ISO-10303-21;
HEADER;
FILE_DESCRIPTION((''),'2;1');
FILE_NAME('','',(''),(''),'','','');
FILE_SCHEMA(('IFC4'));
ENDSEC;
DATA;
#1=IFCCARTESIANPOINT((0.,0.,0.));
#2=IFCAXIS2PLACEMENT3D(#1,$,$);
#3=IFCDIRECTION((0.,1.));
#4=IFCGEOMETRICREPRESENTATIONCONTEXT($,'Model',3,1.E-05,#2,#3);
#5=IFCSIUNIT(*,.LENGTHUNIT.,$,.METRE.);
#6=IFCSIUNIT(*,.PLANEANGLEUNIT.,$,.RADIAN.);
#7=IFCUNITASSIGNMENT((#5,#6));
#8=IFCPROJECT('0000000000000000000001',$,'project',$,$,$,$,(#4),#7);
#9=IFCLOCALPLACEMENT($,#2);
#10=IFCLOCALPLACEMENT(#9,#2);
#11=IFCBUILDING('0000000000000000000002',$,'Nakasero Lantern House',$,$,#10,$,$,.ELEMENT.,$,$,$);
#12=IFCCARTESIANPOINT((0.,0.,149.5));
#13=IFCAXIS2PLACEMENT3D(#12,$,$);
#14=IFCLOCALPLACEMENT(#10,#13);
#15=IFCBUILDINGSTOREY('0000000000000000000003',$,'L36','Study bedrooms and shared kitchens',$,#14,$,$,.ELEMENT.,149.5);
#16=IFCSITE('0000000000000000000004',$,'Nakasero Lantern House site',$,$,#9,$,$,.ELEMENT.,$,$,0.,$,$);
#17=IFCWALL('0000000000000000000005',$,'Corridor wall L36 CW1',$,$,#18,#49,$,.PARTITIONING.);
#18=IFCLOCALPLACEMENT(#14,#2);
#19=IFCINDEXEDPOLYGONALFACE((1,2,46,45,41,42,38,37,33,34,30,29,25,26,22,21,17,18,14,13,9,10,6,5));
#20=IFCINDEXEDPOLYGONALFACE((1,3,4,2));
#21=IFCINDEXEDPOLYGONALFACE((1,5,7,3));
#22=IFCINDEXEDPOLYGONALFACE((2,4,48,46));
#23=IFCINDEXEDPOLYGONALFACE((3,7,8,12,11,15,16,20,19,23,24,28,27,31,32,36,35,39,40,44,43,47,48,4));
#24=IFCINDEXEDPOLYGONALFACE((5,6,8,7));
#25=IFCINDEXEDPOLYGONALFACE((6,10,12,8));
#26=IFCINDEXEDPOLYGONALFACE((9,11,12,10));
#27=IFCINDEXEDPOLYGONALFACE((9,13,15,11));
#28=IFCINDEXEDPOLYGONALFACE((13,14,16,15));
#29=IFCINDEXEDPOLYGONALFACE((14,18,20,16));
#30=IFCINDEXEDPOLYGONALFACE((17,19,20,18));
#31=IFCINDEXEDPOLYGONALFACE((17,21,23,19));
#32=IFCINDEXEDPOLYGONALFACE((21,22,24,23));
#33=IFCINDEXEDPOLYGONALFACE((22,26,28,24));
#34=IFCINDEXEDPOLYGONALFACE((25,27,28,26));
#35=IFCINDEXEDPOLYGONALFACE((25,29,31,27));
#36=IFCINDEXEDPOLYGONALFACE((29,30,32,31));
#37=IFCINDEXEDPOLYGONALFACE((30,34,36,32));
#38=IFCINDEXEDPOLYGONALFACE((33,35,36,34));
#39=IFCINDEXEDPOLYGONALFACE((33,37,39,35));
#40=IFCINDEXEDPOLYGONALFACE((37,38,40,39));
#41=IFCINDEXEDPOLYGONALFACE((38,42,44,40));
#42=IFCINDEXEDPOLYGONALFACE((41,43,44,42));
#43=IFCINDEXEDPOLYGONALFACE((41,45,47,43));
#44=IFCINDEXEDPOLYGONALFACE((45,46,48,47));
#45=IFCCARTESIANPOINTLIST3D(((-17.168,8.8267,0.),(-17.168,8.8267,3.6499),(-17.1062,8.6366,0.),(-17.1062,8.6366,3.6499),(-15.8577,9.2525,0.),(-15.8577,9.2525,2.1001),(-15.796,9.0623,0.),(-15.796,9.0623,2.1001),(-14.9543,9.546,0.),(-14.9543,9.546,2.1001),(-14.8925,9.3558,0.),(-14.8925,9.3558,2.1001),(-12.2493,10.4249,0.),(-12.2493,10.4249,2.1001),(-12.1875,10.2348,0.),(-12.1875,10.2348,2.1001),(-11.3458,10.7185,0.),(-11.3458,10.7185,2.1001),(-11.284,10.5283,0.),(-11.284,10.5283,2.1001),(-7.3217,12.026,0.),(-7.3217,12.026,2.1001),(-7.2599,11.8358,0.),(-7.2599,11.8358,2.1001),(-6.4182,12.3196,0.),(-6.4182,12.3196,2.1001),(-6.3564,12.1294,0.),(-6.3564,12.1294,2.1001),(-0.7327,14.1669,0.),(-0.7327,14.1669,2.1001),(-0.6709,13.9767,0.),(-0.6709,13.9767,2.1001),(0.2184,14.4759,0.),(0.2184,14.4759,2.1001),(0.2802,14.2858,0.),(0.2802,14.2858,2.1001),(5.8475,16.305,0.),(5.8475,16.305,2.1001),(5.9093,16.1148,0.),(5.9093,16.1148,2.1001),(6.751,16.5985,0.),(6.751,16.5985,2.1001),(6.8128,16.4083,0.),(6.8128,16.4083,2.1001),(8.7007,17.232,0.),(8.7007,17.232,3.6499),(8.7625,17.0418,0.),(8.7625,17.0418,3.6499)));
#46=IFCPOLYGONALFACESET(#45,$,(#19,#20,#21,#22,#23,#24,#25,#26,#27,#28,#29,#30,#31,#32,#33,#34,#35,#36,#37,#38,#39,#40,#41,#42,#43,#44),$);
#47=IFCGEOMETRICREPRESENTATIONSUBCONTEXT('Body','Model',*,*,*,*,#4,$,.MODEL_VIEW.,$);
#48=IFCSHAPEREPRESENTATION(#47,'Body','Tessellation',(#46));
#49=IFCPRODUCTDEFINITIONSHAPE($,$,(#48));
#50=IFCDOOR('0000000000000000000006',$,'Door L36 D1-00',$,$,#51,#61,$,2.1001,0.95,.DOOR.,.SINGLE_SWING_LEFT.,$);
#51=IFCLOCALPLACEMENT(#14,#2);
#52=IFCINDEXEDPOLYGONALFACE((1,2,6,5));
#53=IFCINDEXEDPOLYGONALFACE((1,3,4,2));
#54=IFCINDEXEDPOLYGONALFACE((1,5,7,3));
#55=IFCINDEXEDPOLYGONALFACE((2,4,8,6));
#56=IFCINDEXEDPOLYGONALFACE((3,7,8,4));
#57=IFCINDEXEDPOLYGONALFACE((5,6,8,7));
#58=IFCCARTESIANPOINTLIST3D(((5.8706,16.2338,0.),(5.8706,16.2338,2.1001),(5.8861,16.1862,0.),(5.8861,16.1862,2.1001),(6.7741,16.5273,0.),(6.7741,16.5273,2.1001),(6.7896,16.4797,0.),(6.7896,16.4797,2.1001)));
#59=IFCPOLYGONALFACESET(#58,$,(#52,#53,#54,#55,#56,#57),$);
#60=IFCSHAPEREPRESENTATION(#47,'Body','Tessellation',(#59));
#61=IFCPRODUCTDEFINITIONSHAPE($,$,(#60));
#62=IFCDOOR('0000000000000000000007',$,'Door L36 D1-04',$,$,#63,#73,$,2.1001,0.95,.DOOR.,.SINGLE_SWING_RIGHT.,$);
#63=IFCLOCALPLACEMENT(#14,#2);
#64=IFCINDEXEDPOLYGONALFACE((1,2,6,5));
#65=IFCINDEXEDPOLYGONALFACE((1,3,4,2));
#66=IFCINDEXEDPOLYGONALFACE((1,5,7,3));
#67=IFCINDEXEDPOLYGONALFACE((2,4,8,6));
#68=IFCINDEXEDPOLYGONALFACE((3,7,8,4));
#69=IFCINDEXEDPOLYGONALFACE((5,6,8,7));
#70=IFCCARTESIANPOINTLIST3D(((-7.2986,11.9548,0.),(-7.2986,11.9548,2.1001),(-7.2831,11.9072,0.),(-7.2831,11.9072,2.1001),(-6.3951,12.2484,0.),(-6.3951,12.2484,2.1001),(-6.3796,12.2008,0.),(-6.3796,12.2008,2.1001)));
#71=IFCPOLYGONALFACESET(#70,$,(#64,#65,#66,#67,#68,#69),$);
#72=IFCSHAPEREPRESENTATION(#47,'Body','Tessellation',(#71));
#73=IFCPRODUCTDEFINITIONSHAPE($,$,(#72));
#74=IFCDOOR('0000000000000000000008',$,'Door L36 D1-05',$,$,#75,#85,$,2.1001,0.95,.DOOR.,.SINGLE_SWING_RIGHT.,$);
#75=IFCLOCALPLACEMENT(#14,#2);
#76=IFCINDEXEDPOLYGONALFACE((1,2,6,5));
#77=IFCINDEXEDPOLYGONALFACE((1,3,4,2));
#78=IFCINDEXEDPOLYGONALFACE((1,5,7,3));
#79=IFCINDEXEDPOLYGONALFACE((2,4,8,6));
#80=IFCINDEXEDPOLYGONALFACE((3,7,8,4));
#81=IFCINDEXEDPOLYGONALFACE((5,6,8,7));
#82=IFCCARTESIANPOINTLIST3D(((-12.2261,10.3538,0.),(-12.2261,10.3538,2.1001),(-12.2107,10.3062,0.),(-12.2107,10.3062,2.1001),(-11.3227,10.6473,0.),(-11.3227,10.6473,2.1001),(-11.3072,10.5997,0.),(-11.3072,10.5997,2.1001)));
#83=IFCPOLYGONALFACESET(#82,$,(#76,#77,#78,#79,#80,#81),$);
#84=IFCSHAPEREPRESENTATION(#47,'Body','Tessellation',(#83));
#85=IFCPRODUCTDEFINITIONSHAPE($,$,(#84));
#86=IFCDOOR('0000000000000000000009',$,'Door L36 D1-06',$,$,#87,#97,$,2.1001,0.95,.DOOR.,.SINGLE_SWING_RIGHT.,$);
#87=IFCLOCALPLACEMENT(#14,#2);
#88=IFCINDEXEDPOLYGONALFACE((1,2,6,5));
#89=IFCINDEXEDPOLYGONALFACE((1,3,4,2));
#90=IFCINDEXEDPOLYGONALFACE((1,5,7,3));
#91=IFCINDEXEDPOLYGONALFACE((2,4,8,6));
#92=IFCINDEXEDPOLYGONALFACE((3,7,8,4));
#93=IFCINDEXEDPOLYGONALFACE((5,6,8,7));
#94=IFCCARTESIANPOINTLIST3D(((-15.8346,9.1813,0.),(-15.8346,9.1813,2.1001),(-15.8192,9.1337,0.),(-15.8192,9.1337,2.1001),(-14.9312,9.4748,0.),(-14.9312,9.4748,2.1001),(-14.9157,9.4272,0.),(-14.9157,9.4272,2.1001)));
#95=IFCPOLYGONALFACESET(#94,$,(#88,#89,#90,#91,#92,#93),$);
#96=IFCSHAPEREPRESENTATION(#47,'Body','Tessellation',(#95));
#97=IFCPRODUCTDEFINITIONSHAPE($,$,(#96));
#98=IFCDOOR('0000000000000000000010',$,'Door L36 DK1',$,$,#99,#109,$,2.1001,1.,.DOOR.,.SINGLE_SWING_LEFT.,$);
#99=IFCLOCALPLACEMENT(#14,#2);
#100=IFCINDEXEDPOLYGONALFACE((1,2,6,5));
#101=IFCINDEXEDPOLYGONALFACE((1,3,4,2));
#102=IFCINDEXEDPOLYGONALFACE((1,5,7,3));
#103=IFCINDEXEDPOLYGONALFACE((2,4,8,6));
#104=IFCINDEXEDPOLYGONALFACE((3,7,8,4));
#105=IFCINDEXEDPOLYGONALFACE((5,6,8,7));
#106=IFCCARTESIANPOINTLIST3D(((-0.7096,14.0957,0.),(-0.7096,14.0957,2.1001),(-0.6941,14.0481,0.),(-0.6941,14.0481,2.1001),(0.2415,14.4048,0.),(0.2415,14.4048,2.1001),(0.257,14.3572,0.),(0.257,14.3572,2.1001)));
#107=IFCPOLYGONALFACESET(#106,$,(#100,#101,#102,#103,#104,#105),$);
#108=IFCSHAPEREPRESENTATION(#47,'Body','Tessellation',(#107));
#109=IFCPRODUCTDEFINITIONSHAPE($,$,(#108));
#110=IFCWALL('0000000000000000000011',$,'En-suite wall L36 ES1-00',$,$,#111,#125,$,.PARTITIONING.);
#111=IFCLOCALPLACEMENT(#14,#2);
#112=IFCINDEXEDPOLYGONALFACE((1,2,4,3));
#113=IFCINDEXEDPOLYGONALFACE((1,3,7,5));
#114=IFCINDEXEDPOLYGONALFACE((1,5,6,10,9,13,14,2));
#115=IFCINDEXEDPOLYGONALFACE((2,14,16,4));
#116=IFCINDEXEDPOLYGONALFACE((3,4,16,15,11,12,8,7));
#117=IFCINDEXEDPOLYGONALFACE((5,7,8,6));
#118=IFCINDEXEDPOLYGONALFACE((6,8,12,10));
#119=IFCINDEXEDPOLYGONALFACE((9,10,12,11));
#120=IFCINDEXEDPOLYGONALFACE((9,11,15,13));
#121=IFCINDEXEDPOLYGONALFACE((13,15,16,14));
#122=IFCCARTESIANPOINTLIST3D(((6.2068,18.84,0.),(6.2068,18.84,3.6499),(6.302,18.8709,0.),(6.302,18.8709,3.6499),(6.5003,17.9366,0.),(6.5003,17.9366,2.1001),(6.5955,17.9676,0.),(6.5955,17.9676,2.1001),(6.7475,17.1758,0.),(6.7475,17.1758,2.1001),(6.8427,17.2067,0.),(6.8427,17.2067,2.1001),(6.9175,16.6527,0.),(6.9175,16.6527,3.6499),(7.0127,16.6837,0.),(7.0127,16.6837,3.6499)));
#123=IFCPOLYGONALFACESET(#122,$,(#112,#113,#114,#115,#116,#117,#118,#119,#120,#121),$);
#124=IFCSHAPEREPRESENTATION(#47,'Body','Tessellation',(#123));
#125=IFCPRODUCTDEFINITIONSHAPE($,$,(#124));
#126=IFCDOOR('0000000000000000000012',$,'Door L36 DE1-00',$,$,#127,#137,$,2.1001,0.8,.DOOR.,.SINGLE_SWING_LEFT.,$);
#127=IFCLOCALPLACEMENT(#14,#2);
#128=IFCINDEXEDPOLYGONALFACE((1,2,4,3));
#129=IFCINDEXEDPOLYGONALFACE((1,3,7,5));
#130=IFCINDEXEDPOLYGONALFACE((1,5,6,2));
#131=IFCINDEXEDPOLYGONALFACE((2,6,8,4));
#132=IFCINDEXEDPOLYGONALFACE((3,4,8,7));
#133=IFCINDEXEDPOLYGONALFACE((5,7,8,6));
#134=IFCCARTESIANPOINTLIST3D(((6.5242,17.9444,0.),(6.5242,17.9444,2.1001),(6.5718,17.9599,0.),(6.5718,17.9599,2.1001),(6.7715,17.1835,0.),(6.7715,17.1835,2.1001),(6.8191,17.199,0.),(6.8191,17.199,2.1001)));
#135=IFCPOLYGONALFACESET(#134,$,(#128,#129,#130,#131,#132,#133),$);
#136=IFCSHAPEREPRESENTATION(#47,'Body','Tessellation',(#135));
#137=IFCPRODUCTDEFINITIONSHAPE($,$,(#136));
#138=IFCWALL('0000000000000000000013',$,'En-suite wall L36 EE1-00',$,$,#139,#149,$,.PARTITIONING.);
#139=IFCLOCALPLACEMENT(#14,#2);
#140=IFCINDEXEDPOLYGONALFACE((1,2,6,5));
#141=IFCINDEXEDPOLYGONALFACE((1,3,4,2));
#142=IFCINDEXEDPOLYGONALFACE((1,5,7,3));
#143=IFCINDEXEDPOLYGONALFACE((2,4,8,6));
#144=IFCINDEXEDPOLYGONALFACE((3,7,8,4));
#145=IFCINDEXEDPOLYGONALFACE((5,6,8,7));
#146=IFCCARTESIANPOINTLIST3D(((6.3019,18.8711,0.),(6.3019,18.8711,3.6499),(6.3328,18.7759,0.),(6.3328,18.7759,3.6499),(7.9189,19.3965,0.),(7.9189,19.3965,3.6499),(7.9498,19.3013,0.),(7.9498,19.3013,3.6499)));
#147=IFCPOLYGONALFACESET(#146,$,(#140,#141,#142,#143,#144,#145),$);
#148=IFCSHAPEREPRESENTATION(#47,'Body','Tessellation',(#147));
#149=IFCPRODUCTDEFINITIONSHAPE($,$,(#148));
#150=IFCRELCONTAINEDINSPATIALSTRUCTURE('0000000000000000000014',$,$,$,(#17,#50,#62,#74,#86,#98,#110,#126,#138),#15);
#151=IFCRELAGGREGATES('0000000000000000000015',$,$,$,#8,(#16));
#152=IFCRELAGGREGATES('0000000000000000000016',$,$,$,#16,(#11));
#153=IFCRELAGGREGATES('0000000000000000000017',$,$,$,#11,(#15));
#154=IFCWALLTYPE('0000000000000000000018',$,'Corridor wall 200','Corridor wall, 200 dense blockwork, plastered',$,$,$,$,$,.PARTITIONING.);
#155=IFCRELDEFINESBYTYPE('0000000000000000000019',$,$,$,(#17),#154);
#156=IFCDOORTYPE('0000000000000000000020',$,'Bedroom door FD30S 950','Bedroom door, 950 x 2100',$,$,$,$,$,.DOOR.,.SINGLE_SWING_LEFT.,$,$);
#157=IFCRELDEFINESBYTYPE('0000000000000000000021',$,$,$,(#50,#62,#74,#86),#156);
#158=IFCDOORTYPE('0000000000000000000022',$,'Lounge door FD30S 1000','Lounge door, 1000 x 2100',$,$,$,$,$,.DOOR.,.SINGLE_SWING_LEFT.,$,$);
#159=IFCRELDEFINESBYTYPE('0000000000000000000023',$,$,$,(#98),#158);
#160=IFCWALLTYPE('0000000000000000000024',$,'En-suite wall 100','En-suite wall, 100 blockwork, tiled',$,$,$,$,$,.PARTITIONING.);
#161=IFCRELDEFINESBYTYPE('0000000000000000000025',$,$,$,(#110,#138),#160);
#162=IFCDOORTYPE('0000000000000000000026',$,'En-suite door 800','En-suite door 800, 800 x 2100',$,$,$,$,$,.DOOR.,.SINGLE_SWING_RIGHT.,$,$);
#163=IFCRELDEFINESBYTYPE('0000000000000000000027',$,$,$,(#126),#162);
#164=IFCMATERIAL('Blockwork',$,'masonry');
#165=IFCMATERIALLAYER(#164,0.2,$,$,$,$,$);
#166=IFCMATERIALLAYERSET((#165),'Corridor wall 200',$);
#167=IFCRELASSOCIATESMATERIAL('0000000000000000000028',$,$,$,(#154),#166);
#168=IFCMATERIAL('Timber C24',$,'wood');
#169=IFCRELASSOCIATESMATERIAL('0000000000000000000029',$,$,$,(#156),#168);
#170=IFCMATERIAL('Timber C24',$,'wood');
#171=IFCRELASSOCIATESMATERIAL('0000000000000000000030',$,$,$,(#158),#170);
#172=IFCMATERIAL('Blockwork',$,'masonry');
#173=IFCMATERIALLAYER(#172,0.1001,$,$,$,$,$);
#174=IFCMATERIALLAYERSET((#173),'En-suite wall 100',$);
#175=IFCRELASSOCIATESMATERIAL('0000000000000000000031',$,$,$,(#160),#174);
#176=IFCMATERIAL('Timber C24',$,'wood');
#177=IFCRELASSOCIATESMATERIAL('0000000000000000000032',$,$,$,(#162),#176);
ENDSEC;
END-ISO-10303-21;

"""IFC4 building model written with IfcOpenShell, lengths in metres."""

from ifc_helpers import new_model, si_unit, direction, frame, frame_2d, origin, place, context, subcontext, project, spatial, rectangle, extrude, material, layer, layer_set, type_object, element, fill, save


model = new_model("IFC4")

# Units and contexts
model_context = context("Model", 3, precision=1e-05, world=origin(), true_north=direction((0.0, 1.0)))
body_context = subcontext(model_context, "Body", "Model", "MODEL_VIEW")
ifc_project = project(units=[si_unit("LENGTHUNIT", "METRE"), si_unit("PLANEANGLEUNIT", "RADIAN")], contexts=[model_context])

# Site, building, storey
site_placement = place(None, origin())
site = spatial("IfcSite", under=ifc_project, at=site_placement, Name="Nakasero Lantern House site", CompositionType="ELEMENT", RefElevation=0.0)
building_placement = place(site_placement, origin())
building = spatial("IfcBuilding", under=site, at=building_placement, Name="Nakasero Lantern House", CompositionType="ELEMENT")
storey_placement = place(building_placement, frame((0.0, 0.0, 149.5)))
storey = spatial("IfcBuildingStorey", under=building, at=storey_placement, Name="L36", Description="Study bedrooms and shared kitchens", CompositionType="ELEMENT", Elevation=149.5)

# Wall, openings, doors
ifc_material_1 = material(Name="Blockwork", Category="masonry")
ifc_layer_1 = layer(ifc_material_1, 0.2)
ifc_layer_set_1 = layer_set([ifc_layer_1], Name="Corridor wall 200")
wall_type_1 = type_object("IfcWallType", Name="Corridor wall 200", Description="Corridor wall, 200 dense blockwork, plastered", PredefinedType="PARTITIONING", material=ifc_layer_set_1)
wall_1_placement = place(storey_placement, frame((8.7317, 17.137, 0.0), z_axis=(0.0, 0.0, 1.0), x_axis=(-0.951056, -0.309018, 0.0)))
wall_1 = element("IfcWall", 1, at=wall_1_placement, inside=storey, type_object=wall_type_1, Name="Corridor wall L36 CW1", PredefinedType="PARTITIONING", context=body_context, shape_type="SweptSolid", body=[
    extrude(rectangle(XDim=27.2, YDim=0.2, at=frame_2d((13.6001, 0.0))), origin(), (0.0, 0.0, 1.0), 3.6499),
])
opening_1_placement = place(wall_1_placement, frame((2.05, 0.0, 0.0)))
opening_1 = element("IfcOpeningElement", 2, at=opening_1_placement, cuts=wall_1, PredefinedType="OPENING", context=body_context, shape_type="SweptSolid", body=[
    extrude(rectangle(XDim=0.95, YDim=2.1001, at=frame_2d((0.4751, 1.05))), frame((0.0, 0.1199, 0.0), z_axis=(0.0, -1.0, 0.0), x_axis=(1.0, 0.0, 0.0)), (0.0, 0.0, 1.0), 0.24),
])
opening_2_placement = place(wall_1_placement, frame((15.897, 0.0, 0.0)))
opening_2 = element("IfcOpeningElement", 3, at=opening_2_placement, cuts=wall_1, PredefinedType="OPENING", context=body_context, shape_type="SweptSolid", body=[
    extrude(rectangle(XDim=0.95, YDim=2.1001, at=frame_2d((0.4751, 1.05))), frame((0.0, 0.1199, 0.0), z_axis=(0.0, -1.0, 0.0), x_axis=(1.0, 0.0, 0.0)), (0.0, 0.0, 1.0), 0.24),
])
opening_3_placement = place(wall_1_placement, frame((21.0781, 0.0, 0.0)))
opening_3 = element("IfcOpeningElement", 4, at=opening_3_placement, cuts=wall_1, PredefinedType="OPENING", context=body_context, shape_type="SweptSolid", body=[
    extrude(rectangle(XDim=0.95, YDim=2.1001, at=frame_2d((0.4751, 1.05))), frame((0.0, 0.1199, 0.0), z_axis=(0.0, -1.0, 0.0), x_axis=(1.0, 0.0, 0.0)), (0.0, 0.0, 1.0), 0.24),
])
opening_4_placement = place(wall_1_placement, frame((24.8723, 0.0, 0.0)))
opening_4 = element("IfcOpeningElement", 5, at=opening_4_placement, cuts=wall_1, PredefinedType="OPENING", context=body_context, shape_type="SweptSolid", body=[
    extrude(rectangle(XDim=0.95, YDim=2.1001, at=frame_2d((0.4751, 1.05))), frame((0.0, 0.1199, 0.0), z_axis=(0.0, -1.0, 0.0), x_axis=(1.0, 0.0, 0.0)), (0.0, 0.0, 1.0), 0.24),
])
opening_5_placement = place(wall_1_placement, frame((8.9189, 0.0, 0.0)))
opening_5 = element("IfcOpeningElement", 6, at=opening_5_placement, cuts=wall_1, PredefinedType="OPENING", context=body_context, shape_type="SweptSolid", body=[
    extrude(rectangle(XDim=1.0, YDim=2.1001, at=frame_2d((0.5, 1.05))), frame((0.0, 0.1199, 0.0), z_axis=(0.0, -1.0, 0.0), x_axis=(1.0, 0.0, 0.0)), (0.0, 0.0, 1.0), 0.24),
])
ifc_material_2 = material(Name="Timber C24", Category="wood")
door_type_1 = type_object("IfcDoorType", Name="Bedroom door FD30S 950", Description="Bedroom door, 950 x 2100", OperationType="SINGLE_SWING_LEFT", PredefinedType="DOOR", material=ifc_material_2)
door_1_placement = place(opening_1_placement, origin())
door_1 = element("IfcDoor", 7, at=door_1_placement, inside=storey, type_object=door_type_1, Name="Door L36 D1-00", OperationType="SINGLE_SWING_LEFT", OverallHeight=2.1001, OverallWidth=0.95, PredefinedType="DOOR", context=body_context, shape_type="SweptSolid", body=[
    extrude(rectangle(XDim=0.95, YDim=2.1001, at=frame_2d((0.4751, 1.05))), frame((0.0, 0.0249, 0.0), z_axis=(0.0, -1.0, 0.0), x_axis=(1.0, 0.0, 0.0)), (0.0, 0.0, 1.0), 0.05),
])
fill(opening_1, door_1)
door_2_placement = place(opening_2_placement, origin())
door_2 = element("IfcDoor", 8, at=door_2_placement, inside=storey, type_object=door_type_1, Name="Door L36 D1-04", OperationType="SINGLE_SWING_RIGHT", OverallHeight=2.1001, OverallWidth=0.95, PredefinedType="DOOR", context=body_context, shape_type="SweptSolid", body=[
    extrude(rectangle(XDim=0.95, YDim=2.1001, at=frame_2d((0.4751, 1.05))), frame((0.0, 0.0249, 0.0), z_axis=(0.0, -1.0, 0.0), x_axis=(1.0, 0.0, 0.0)), (0.0, 0.0, 1.0), 0.05),
])
fill(opening_2, door_2)
door_3_placement = place(opening_3_placement, origin())
door_3 = element("IfcDoor", 9, at=door_3_placement, inside=storey, type_object=door_type_1, Name="Door L36 D1-05", OperationType="SINGLE_SWING_RIGHT", OverallHeight=2.1001, OverallWidth=0.95, PredefinedType="DOOR", context=body_context, shape_type="SweptSolid", body=[
    extrude(rectangle(XDim=0.95, YDim=2.1001, at=frame_2d((0.4751, 1.05))), frame((0.0, 0.0249, 0.0), z_axis=(0.0, -1.0, 0.0), x_axis=(1.0, 0.0, 0.0)), (0.0, 0.0, 1.0), 0.05),
])
fill(opening_3, door_3)
door_4_placement = place(opening_4_placement, origin())
door_4 = element("IfcDoor", 10, at=door_4_placement, inside=storey, type_object=door_type_1, Name="Door L36 D1-06", OperationType="SINGLE_SWING_RIGHT", OverallHeight=2.1001, OverallWidth=0.95, PredefinedType="DOOR", context=body_context, shape_type="SweptSolid", body=[
    extrude(rectangle(XDim=0.95, YDim=2.1001, at=frame_2d((0.4751, 1.05))), frame((0.0, 0.0249, 0.0), z_axis=(0.0, -1.0, 0.0), x_axis=(1.0, 0.0, 0.0)), (0.0, 0.0, 1.0), 0.05),
])
fill(opening_4, door_4)
ifc_material_3 = material(Name="Timber C24", Category="wood")
door_type_2 = type_object("IfcDoorType", Name="Lounge door FD30S 1000", Description="Lounge door, 1000 x 2100", OperationType="SINGLE_SWING_LEFT", PredefinedType="DOOR", material=ifc_material_3)
door_5_placement = place(opening_5_placement, origin())
door_5 = element("IfcDoor", 11, at=door_5_placement, inside=storey, type_object=door_type_2, Name="Door L36 DK1", OperationType="SINGLE_SWING_LEFT", OverallHeight=2.1001, OverallWidth=1.0, PredefinedType="DOOR", context=body_context, shape_type="SweptSolid", body=[
    extrude(rectangle(XDim=1.0, YDim=2.1001, at=frame_2d((0.5, 1.05))), frame((0.0, 0.0249, 0.0), z_axis=(0.0, -1.0, 0.0), x_axis=(1.0, 0.0, 0.0)), (0.0, 0.0, 1.0), 0.05),
])
fill(opening_5, door_5)

# Wall, opening, door
ifc_material_4 = material(Name="Blockwork", Category="masonry")
ifc_layer_2 = layer(ifc_material_4, 0.1001)
ifc_layer_set_2 = layer_set([ifc_layer_2], Name="En-suite wall 100")
wall_type_2 = type_object("IfcWallType", Name="En-suite wall 100", Description="En-suite wall, 100 blockwork, tiled", PredefinedType="PARTITIONING", material=ifc_layer_set_2)
wall_2_placement = place(storey_placement, frame((6.9651, 16.6682, 0.0), z_axis=(0.0, 0.0, 1.0), x_axis=(-0.309021, 0.951055, 0.0)))
wall_2 = element("IfcWall", 12, at=wall_2_placement, inside=storey, type_object=wall_type_2, Name="En-suite wall L36 ES1-00", PredefinedType="PARTITIONING", context=body_context, shape_type="SweptSolid", body=[
    extrude(rectangle(XDim=2.2998, YDim=0.1001, at=frame_2d((1.1499, 0.0))), origin(), (0.0, 0.0, 1.0), 3.6499),
])
opening_6_placement = place(wall_2_placement, frame((0.55, 0.0, 0.0)))
opening_6 = element("IfcOpeningElement", 13, at=opening_6_placement, cuts=wall_2, PredefinedType="OPENING", context=body_context, shape_type="SweptSolid", body=[
    extrude(rectangle(XDim=0.8, YDim=2.1001, at=frame_2d((0.3999, 1.05))), frame((0.0, 0.0701, 0.0), z_axis=(0.0, -1.0, 0.0), x_axis=(1.0, 0.0, 0.0)), (0.0, 0.0, 1.0), 0.1401),
])
ifc_material_5 = material(Name="Timber C24", Category="wood")
door_type_3 = type_object("IfcDoorType", Name="En-suite door 800", Description="En-suite door 800, 800 x 2100", OperationType="SINGLE_SWING_RIGHT", PredefinedType="DOOR", material=ifc_material_5)
door_6_placement = place(opening_6_placement, origin())
door_6 = element("IfcDoor", 14, at=door_6_placement, inside=storey, type_object=door_type_3, Name="Door L36 DE1-00", OperationType="SINGLE_SWING_LEFT", OverallHeight=2.1001, OverallWidth=0.8, PredefinedType="DOOR", context=body_context, shape_type="SweptSolid", body=[
    extrude(rectangle(XDim=0.8, YDim=2.1001, at=frame_2d((0.3999, 1.05))), frame((0.0, 0.0249, 0.0), z_axis=(0.0, -1.0, 0.0), x_axis=(1.0, 0.0, 0.0)), (0.0, 0.0, 1.0), 0.05),
])
fill(opening_6, door_6)

# Wall
wall_3_placement = place(storey_placement, frame((7.9343, 19.3489, 0.0), z_axis=(0.0, 0.0, 1.0), x_axis=(-0.951054, -0.309024, 0.0)))
element("IfcWall", 15, at=wall_3_placement, inside=storey, type_object=wall_type_2, Name="En-suite wall L36 EE1-00", PredefinedType="PARTITIONING", context=body_context, shape_type="SweptSolid", body=[
    extrude(rectangle(XDim=1.7002, YDim=0.1001, at=frame_2d((0.8501, 0.0))), origin(), (0.0, 0.0, 1.0), 3.6499),
])

save(model, "model.ifc")
